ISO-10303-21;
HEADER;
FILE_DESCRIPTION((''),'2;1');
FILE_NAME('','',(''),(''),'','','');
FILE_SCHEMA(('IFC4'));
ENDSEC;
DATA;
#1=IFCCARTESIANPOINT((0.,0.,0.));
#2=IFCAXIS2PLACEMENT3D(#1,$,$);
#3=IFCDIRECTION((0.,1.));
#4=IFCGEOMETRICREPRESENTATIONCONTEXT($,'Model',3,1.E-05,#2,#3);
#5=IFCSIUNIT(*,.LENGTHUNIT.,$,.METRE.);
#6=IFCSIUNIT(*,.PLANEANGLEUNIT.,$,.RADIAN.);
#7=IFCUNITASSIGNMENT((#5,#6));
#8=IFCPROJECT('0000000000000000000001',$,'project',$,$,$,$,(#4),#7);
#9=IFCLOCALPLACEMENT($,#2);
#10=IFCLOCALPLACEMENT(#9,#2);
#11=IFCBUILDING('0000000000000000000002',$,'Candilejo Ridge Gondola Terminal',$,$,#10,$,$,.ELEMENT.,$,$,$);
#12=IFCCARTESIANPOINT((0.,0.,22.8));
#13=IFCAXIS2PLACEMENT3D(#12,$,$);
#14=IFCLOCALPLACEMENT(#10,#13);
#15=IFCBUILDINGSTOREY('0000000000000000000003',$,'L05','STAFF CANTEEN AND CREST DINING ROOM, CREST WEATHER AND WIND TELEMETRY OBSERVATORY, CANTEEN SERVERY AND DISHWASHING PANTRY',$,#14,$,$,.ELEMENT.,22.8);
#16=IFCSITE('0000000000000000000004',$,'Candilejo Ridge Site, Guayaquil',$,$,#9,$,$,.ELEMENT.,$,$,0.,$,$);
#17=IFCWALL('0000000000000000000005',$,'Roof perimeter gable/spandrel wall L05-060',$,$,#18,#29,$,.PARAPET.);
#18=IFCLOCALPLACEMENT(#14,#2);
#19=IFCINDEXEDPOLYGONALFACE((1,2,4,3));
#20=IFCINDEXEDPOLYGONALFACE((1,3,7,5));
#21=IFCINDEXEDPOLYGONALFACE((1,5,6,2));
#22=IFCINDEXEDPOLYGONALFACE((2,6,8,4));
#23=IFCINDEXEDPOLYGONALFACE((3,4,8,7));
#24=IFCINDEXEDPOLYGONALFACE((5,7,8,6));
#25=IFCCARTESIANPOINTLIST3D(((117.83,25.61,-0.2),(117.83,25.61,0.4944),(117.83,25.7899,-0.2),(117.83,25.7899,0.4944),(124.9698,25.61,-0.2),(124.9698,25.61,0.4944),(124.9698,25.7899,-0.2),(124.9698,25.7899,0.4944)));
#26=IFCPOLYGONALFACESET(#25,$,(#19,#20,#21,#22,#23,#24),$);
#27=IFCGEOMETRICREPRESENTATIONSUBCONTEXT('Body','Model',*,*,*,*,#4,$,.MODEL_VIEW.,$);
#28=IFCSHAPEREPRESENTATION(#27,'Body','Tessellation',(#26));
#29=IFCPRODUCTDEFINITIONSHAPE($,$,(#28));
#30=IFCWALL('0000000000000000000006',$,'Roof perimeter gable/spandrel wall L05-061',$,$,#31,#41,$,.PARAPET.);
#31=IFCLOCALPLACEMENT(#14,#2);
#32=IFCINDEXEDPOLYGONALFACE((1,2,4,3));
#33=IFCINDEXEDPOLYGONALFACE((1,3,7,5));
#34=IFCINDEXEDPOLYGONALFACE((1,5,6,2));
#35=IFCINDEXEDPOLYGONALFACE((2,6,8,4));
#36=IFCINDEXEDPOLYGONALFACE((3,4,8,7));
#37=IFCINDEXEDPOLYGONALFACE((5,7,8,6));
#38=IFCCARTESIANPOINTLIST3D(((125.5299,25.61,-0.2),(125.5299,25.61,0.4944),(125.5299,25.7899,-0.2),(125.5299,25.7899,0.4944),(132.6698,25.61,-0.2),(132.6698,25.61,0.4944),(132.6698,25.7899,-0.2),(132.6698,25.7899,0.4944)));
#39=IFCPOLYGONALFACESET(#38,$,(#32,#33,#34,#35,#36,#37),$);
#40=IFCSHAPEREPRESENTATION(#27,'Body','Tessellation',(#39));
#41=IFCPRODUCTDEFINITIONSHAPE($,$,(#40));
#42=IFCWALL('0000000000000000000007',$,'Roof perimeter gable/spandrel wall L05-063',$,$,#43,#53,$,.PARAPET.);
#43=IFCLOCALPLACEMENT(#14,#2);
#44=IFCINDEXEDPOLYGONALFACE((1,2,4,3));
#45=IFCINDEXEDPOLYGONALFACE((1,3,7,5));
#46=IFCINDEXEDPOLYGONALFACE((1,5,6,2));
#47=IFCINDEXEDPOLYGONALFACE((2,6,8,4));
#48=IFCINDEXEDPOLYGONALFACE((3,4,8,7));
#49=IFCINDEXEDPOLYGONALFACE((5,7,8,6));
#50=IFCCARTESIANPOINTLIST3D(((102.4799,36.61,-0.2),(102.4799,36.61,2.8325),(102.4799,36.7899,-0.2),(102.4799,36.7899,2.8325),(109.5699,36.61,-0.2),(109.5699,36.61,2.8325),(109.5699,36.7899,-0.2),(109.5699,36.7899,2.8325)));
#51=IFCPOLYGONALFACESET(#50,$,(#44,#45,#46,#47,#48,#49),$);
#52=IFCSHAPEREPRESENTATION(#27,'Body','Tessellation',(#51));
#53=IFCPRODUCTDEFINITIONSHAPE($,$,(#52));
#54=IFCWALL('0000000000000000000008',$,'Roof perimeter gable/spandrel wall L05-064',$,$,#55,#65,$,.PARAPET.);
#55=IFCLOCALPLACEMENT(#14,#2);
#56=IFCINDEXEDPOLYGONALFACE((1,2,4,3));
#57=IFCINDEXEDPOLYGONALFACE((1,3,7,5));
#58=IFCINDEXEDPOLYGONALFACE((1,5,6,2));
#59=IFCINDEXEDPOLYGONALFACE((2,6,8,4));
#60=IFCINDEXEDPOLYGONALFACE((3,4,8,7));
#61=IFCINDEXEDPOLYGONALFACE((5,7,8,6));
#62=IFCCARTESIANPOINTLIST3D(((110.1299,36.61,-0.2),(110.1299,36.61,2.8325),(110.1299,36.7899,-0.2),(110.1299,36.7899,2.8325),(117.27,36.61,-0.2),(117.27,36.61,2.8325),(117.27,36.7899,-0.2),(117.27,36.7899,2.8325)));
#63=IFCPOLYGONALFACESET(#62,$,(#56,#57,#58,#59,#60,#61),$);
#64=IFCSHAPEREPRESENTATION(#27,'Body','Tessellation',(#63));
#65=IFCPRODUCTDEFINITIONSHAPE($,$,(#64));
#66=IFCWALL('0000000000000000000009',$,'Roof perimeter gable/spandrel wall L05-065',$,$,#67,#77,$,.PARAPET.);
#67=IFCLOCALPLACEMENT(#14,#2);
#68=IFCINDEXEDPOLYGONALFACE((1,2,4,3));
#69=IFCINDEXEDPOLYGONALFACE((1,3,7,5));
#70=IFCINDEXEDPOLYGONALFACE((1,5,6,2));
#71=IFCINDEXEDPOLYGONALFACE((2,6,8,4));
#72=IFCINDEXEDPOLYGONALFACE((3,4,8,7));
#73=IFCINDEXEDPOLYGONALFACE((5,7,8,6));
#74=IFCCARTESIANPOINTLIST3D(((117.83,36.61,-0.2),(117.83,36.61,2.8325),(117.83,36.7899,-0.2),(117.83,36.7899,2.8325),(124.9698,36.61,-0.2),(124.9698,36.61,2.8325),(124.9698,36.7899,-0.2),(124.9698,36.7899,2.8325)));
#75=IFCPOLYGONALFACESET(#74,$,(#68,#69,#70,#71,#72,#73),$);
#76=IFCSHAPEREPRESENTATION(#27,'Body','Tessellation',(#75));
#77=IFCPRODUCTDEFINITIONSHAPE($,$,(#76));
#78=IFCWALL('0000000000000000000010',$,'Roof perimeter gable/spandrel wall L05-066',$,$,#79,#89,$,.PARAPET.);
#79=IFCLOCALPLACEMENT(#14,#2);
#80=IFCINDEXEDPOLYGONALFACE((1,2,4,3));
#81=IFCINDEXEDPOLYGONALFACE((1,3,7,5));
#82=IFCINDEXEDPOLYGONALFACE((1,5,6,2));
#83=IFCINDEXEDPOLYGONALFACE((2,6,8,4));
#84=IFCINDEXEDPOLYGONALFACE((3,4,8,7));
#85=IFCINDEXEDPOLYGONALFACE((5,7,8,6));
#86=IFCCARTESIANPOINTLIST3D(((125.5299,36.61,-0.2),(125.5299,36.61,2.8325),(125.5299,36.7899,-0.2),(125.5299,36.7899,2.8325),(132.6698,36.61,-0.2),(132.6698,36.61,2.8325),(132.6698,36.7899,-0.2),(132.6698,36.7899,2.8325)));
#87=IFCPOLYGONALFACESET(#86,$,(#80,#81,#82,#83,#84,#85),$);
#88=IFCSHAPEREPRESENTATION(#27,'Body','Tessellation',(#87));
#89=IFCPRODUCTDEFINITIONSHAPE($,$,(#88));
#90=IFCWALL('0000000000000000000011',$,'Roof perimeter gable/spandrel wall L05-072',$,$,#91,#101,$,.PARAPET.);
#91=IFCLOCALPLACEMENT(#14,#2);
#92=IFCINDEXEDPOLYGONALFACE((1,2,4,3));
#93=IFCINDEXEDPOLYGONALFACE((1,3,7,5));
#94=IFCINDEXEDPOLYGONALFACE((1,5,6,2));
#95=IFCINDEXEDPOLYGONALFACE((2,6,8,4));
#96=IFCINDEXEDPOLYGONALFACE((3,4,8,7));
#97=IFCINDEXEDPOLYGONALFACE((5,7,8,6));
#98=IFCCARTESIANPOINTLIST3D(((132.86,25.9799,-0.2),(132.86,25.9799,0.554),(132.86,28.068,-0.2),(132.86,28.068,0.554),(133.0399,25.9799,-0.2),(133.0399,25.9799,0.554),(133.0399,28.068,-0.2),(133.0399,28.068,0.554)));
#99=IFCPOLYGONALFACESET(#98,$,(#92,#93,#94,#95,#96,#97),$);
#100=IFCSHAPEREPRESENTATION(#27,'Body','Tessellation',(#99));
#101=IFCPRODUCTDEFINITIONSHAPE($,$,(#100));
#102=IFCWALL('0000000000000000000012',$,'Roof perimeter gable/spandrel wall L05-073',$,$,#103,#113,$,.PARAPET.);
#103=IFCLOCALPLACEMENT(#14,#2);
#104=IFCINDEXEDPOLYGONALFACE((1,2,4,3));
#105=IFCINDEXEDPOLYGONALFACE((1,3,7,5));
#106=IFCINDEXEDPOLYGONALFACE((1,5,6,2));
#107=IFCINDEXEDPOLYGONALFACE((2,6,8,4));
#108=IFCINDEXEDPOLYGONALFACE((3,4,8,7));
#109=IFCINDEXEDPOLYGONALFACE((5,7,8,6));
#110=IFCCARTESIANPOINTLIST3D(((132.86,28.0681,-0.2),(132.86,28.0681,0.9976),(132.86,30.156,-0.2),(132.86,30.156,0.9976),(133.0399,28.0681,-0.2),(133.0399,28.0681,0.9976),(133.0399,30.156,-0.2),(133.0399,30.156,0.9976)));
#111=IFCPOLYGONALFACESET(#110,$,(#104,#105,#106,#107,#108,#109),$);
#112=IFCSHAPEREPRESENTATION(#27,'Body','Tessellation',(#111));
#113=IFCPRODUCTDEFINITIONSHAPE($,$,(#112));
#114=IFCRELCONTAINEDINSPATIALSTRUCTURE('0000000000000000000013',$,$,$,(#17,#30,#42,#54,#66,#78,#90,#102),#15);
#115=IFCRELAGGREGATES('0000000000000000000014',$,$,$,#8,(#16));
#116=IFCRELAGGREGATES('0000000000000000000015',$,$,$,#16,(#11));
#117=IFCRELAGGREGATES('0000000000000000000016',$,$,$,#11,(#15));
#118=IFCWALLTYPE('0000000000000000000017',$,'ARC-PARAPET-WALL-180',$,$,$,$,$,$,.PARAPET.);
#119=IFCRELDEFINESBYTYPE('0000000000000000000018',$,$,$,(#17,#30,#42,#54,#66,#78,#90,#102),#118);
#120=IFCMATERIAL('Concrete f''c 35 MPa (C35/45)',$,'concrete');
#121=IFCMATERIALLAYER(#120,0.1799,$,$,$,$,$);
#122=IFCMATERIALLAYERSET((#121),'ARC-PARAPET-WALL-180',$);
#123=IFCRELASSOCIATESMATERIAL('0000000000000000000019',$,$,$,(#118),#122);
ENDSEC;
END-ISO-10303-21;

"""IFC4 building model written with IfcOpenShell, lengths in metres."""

from ifc_helpers import new_model, si_unit, direction, frame, frame_2d, origin, place, context, subcontext, project, spatial, rectangle, extrude, material, layer, layer_set, type_object, element, save


model = new_model("IFC4")

# Units and contexts
model_context = context("Model", 3, precision=1e-05, world=origin(), true_north=direction((0.0, 1.0)))
body_context = subcontext(model_context, "Body", "Model", "MODEL_VIEW")
ifc_project = project(units=[si_unit("LENGTHUNIT", "METRE"), si_unit("PLANEANGLEUNIT", "RADIAN")], contexts=[model_context])

# Site, building, storey
site_placement = place(None, origin())
site = spatial("IfcSite", under=ifc_project, at=site_placement, Name="Candilejo Ridge Site, Guayaquil", CompositionType="ELEMENT", RefElevation=0.0)
building_placement = place(site_placement, origin())
building = spatial("IfcBuilding", under=site, at=building_placement, Name="Candilejo Ridge Gondola Terminal", CompositionType="ELEMENT")
storey_placement = place(building_placement, frame((0.0, 0.0, 22.8)))
storey = spatial("IfcBuildingStorey", under=building, at=storey_placement, Name="L05", Description="STAFF CANTEEN AND CREST DINING ROOM, CREST WEATHER AND WIND TELEMETRY OBSERVATORY, CANTEEN SERVERY AND DISHWASHING PANTRY", CompositionType="ELEMENT", Elevation=22.8)

# Walls
ifc_material_1 = material(Name="Concrete f'c 35 MPa (C35/45)", Category="concrete")
ifc_layer = layer(ifc_material_1, 0.1799)
ifc_layer_set = layer_set([ifc_layer], Name="ARC-PARAPET-WALL-180")
wall_type = type_object("IfcWallType", Name="ARC-PARAPET-WALL-180", PredefinedType="PARAPET", material=ifc_layer_set)
for number, where, z_axis, x_axis, name in (
    (1, (117.8301, 25.7, -0.2), (0.0, 0.0, 1.0), (1.0, 0.0, 0.0), "Roof perimeter gable/spandrel wall L05-060"),
    (2, (125.53, 25.7, -0.2), (0.0, 0.0, 1.0), (1.0, 0.0, 0.0), "Roof perimeter gable/spandrel wall L05-061"),
):
    element("IfcWall", number, at=place(storey_placement, frame(where, z_axis=z_axis, x_axis=x_axis)), inside=storey, type_object=wall_type, Name=name, PredefinedType="PARAPET", context=body_context, shape_type="SweptSolid", body=[
        extrude(rectangle(XDim=7.1399, YDim=0.1799, at=frame_2d((3.5698, 0.0))), origin(), (0.0, 0.0, 1.0), 0.6943),
    ])
wall_1_placement = place(storey_placement, frame((102.48, 36.7, -0.2), z_axis=(0.0, 0.0, 1.0), x_axis=(1.0, 0.0, 0.0)))
element("IfcWall", 3, at=wall_1_placement, inside=storey, type_object=wall_type, Name="Roof perimeter gable/spandrel wall L05-063", PredefinedType="PARAPET", context=body_context, shape_type="SweptSolid", body=[
    extrude(rectangle(XDim=7.0901, YDim=0.1799, at=frame_2d((3.5449, 0.0))), origin(), (0.0, 0.0, 1.0), 3.0325),
])
wall_2_placement = place(storey_placement, frame((110.1299, 36.7, -0.2), z_axis=(0.0, 0.0, 1.0), x_axis=(1.0, 0.0, 0.0)))
element("IfcWall", 4, at=wall_2_placement, inside=storey, type_object=wall_type, Name="Roof perimeter gable/spandrel wall L05-064", PredefinedType="PARAPET", context=body_context, shape_type="SweptSolid", body=[
    extrude(rectangle(XDim=7.1401, YDim=0.1799, at=frame_2d((3.5701, 0.0))), origin(), (0.0, 0.0, 1.0), 3.0325),
])
for number, where, z_axis, x_axis, name in (
    (5, (117.8301, 36.7, -0.2), (0.0, 0.0, 1.0), (1.0, 0.0, 0.0), "Roof perimeter gable/spandrel wall L05-065"),
    (6, (125.53, 36.7, -0.2), (0.0, 0.0, 1.0), (1.0, 0.0, 0.0), "Roof perimeter gable/spandrel wall L05-066"),
):
    element("IfcWall", number, at=place(storey_placement, frame(where, z_axis=z_axis, x_axis=x_axis)), inside=storey, type_object=wall_type, Name=name, PredefinedType="PARAPET", context=body_context, shape_type="SweptSolid", body=[
        extrude(rectangle(XDim=7.1399, YDim=0.1799, at=frame_2d((3.5698, 0.0))), origin(), (0.0, 0.0, 1.0), 3.0325),
    ])
wall_3_placement = place(storey_placement, frame((132.95, 25.98, -0.2), z_axis=(0.0, 0.0, 1.0), x_axis=(0.0, 1.0, 0.0)))
element("IfcWall", 7, at=wall_3_placement, inside=storey, type_object=wall_type, Name="Roof perimeter gable/spandrel wall L05-072", PredefinedType="PARAPET", context=body_context, shape_type="SweptSolid", body=[
    extrude(rectangle(XDim=2.0881, YDim=0.1799, at=frame_2d((1.0439, 0.0))), origin(), (0.0, 0.0, 1.0), 0.7539),
])
wall_4_placement = place(storey_placement, frame((132.95, 28.0681, -0.2), z_axis=(0.0, 0.0, 1.0), x_axis=(0.0, 1.0, 0.0)))
element("IfcWall", 8, at=wall_4_placement, inside=storey, type_object=wall_type, Name="Roof perimeter gable/spandrel wall L05-073", PredefinedType="PARAPET", context=body_context, shape_type="SweptSolid", body=[
    extrude(rectangle(XDim=2.0879, YDim=0.1799, at=frame_2d((1.0439, 0.0))), origin(), (0.0, 0.0, 1.0), 1.1975),
])

save(model, "model.ifc")
